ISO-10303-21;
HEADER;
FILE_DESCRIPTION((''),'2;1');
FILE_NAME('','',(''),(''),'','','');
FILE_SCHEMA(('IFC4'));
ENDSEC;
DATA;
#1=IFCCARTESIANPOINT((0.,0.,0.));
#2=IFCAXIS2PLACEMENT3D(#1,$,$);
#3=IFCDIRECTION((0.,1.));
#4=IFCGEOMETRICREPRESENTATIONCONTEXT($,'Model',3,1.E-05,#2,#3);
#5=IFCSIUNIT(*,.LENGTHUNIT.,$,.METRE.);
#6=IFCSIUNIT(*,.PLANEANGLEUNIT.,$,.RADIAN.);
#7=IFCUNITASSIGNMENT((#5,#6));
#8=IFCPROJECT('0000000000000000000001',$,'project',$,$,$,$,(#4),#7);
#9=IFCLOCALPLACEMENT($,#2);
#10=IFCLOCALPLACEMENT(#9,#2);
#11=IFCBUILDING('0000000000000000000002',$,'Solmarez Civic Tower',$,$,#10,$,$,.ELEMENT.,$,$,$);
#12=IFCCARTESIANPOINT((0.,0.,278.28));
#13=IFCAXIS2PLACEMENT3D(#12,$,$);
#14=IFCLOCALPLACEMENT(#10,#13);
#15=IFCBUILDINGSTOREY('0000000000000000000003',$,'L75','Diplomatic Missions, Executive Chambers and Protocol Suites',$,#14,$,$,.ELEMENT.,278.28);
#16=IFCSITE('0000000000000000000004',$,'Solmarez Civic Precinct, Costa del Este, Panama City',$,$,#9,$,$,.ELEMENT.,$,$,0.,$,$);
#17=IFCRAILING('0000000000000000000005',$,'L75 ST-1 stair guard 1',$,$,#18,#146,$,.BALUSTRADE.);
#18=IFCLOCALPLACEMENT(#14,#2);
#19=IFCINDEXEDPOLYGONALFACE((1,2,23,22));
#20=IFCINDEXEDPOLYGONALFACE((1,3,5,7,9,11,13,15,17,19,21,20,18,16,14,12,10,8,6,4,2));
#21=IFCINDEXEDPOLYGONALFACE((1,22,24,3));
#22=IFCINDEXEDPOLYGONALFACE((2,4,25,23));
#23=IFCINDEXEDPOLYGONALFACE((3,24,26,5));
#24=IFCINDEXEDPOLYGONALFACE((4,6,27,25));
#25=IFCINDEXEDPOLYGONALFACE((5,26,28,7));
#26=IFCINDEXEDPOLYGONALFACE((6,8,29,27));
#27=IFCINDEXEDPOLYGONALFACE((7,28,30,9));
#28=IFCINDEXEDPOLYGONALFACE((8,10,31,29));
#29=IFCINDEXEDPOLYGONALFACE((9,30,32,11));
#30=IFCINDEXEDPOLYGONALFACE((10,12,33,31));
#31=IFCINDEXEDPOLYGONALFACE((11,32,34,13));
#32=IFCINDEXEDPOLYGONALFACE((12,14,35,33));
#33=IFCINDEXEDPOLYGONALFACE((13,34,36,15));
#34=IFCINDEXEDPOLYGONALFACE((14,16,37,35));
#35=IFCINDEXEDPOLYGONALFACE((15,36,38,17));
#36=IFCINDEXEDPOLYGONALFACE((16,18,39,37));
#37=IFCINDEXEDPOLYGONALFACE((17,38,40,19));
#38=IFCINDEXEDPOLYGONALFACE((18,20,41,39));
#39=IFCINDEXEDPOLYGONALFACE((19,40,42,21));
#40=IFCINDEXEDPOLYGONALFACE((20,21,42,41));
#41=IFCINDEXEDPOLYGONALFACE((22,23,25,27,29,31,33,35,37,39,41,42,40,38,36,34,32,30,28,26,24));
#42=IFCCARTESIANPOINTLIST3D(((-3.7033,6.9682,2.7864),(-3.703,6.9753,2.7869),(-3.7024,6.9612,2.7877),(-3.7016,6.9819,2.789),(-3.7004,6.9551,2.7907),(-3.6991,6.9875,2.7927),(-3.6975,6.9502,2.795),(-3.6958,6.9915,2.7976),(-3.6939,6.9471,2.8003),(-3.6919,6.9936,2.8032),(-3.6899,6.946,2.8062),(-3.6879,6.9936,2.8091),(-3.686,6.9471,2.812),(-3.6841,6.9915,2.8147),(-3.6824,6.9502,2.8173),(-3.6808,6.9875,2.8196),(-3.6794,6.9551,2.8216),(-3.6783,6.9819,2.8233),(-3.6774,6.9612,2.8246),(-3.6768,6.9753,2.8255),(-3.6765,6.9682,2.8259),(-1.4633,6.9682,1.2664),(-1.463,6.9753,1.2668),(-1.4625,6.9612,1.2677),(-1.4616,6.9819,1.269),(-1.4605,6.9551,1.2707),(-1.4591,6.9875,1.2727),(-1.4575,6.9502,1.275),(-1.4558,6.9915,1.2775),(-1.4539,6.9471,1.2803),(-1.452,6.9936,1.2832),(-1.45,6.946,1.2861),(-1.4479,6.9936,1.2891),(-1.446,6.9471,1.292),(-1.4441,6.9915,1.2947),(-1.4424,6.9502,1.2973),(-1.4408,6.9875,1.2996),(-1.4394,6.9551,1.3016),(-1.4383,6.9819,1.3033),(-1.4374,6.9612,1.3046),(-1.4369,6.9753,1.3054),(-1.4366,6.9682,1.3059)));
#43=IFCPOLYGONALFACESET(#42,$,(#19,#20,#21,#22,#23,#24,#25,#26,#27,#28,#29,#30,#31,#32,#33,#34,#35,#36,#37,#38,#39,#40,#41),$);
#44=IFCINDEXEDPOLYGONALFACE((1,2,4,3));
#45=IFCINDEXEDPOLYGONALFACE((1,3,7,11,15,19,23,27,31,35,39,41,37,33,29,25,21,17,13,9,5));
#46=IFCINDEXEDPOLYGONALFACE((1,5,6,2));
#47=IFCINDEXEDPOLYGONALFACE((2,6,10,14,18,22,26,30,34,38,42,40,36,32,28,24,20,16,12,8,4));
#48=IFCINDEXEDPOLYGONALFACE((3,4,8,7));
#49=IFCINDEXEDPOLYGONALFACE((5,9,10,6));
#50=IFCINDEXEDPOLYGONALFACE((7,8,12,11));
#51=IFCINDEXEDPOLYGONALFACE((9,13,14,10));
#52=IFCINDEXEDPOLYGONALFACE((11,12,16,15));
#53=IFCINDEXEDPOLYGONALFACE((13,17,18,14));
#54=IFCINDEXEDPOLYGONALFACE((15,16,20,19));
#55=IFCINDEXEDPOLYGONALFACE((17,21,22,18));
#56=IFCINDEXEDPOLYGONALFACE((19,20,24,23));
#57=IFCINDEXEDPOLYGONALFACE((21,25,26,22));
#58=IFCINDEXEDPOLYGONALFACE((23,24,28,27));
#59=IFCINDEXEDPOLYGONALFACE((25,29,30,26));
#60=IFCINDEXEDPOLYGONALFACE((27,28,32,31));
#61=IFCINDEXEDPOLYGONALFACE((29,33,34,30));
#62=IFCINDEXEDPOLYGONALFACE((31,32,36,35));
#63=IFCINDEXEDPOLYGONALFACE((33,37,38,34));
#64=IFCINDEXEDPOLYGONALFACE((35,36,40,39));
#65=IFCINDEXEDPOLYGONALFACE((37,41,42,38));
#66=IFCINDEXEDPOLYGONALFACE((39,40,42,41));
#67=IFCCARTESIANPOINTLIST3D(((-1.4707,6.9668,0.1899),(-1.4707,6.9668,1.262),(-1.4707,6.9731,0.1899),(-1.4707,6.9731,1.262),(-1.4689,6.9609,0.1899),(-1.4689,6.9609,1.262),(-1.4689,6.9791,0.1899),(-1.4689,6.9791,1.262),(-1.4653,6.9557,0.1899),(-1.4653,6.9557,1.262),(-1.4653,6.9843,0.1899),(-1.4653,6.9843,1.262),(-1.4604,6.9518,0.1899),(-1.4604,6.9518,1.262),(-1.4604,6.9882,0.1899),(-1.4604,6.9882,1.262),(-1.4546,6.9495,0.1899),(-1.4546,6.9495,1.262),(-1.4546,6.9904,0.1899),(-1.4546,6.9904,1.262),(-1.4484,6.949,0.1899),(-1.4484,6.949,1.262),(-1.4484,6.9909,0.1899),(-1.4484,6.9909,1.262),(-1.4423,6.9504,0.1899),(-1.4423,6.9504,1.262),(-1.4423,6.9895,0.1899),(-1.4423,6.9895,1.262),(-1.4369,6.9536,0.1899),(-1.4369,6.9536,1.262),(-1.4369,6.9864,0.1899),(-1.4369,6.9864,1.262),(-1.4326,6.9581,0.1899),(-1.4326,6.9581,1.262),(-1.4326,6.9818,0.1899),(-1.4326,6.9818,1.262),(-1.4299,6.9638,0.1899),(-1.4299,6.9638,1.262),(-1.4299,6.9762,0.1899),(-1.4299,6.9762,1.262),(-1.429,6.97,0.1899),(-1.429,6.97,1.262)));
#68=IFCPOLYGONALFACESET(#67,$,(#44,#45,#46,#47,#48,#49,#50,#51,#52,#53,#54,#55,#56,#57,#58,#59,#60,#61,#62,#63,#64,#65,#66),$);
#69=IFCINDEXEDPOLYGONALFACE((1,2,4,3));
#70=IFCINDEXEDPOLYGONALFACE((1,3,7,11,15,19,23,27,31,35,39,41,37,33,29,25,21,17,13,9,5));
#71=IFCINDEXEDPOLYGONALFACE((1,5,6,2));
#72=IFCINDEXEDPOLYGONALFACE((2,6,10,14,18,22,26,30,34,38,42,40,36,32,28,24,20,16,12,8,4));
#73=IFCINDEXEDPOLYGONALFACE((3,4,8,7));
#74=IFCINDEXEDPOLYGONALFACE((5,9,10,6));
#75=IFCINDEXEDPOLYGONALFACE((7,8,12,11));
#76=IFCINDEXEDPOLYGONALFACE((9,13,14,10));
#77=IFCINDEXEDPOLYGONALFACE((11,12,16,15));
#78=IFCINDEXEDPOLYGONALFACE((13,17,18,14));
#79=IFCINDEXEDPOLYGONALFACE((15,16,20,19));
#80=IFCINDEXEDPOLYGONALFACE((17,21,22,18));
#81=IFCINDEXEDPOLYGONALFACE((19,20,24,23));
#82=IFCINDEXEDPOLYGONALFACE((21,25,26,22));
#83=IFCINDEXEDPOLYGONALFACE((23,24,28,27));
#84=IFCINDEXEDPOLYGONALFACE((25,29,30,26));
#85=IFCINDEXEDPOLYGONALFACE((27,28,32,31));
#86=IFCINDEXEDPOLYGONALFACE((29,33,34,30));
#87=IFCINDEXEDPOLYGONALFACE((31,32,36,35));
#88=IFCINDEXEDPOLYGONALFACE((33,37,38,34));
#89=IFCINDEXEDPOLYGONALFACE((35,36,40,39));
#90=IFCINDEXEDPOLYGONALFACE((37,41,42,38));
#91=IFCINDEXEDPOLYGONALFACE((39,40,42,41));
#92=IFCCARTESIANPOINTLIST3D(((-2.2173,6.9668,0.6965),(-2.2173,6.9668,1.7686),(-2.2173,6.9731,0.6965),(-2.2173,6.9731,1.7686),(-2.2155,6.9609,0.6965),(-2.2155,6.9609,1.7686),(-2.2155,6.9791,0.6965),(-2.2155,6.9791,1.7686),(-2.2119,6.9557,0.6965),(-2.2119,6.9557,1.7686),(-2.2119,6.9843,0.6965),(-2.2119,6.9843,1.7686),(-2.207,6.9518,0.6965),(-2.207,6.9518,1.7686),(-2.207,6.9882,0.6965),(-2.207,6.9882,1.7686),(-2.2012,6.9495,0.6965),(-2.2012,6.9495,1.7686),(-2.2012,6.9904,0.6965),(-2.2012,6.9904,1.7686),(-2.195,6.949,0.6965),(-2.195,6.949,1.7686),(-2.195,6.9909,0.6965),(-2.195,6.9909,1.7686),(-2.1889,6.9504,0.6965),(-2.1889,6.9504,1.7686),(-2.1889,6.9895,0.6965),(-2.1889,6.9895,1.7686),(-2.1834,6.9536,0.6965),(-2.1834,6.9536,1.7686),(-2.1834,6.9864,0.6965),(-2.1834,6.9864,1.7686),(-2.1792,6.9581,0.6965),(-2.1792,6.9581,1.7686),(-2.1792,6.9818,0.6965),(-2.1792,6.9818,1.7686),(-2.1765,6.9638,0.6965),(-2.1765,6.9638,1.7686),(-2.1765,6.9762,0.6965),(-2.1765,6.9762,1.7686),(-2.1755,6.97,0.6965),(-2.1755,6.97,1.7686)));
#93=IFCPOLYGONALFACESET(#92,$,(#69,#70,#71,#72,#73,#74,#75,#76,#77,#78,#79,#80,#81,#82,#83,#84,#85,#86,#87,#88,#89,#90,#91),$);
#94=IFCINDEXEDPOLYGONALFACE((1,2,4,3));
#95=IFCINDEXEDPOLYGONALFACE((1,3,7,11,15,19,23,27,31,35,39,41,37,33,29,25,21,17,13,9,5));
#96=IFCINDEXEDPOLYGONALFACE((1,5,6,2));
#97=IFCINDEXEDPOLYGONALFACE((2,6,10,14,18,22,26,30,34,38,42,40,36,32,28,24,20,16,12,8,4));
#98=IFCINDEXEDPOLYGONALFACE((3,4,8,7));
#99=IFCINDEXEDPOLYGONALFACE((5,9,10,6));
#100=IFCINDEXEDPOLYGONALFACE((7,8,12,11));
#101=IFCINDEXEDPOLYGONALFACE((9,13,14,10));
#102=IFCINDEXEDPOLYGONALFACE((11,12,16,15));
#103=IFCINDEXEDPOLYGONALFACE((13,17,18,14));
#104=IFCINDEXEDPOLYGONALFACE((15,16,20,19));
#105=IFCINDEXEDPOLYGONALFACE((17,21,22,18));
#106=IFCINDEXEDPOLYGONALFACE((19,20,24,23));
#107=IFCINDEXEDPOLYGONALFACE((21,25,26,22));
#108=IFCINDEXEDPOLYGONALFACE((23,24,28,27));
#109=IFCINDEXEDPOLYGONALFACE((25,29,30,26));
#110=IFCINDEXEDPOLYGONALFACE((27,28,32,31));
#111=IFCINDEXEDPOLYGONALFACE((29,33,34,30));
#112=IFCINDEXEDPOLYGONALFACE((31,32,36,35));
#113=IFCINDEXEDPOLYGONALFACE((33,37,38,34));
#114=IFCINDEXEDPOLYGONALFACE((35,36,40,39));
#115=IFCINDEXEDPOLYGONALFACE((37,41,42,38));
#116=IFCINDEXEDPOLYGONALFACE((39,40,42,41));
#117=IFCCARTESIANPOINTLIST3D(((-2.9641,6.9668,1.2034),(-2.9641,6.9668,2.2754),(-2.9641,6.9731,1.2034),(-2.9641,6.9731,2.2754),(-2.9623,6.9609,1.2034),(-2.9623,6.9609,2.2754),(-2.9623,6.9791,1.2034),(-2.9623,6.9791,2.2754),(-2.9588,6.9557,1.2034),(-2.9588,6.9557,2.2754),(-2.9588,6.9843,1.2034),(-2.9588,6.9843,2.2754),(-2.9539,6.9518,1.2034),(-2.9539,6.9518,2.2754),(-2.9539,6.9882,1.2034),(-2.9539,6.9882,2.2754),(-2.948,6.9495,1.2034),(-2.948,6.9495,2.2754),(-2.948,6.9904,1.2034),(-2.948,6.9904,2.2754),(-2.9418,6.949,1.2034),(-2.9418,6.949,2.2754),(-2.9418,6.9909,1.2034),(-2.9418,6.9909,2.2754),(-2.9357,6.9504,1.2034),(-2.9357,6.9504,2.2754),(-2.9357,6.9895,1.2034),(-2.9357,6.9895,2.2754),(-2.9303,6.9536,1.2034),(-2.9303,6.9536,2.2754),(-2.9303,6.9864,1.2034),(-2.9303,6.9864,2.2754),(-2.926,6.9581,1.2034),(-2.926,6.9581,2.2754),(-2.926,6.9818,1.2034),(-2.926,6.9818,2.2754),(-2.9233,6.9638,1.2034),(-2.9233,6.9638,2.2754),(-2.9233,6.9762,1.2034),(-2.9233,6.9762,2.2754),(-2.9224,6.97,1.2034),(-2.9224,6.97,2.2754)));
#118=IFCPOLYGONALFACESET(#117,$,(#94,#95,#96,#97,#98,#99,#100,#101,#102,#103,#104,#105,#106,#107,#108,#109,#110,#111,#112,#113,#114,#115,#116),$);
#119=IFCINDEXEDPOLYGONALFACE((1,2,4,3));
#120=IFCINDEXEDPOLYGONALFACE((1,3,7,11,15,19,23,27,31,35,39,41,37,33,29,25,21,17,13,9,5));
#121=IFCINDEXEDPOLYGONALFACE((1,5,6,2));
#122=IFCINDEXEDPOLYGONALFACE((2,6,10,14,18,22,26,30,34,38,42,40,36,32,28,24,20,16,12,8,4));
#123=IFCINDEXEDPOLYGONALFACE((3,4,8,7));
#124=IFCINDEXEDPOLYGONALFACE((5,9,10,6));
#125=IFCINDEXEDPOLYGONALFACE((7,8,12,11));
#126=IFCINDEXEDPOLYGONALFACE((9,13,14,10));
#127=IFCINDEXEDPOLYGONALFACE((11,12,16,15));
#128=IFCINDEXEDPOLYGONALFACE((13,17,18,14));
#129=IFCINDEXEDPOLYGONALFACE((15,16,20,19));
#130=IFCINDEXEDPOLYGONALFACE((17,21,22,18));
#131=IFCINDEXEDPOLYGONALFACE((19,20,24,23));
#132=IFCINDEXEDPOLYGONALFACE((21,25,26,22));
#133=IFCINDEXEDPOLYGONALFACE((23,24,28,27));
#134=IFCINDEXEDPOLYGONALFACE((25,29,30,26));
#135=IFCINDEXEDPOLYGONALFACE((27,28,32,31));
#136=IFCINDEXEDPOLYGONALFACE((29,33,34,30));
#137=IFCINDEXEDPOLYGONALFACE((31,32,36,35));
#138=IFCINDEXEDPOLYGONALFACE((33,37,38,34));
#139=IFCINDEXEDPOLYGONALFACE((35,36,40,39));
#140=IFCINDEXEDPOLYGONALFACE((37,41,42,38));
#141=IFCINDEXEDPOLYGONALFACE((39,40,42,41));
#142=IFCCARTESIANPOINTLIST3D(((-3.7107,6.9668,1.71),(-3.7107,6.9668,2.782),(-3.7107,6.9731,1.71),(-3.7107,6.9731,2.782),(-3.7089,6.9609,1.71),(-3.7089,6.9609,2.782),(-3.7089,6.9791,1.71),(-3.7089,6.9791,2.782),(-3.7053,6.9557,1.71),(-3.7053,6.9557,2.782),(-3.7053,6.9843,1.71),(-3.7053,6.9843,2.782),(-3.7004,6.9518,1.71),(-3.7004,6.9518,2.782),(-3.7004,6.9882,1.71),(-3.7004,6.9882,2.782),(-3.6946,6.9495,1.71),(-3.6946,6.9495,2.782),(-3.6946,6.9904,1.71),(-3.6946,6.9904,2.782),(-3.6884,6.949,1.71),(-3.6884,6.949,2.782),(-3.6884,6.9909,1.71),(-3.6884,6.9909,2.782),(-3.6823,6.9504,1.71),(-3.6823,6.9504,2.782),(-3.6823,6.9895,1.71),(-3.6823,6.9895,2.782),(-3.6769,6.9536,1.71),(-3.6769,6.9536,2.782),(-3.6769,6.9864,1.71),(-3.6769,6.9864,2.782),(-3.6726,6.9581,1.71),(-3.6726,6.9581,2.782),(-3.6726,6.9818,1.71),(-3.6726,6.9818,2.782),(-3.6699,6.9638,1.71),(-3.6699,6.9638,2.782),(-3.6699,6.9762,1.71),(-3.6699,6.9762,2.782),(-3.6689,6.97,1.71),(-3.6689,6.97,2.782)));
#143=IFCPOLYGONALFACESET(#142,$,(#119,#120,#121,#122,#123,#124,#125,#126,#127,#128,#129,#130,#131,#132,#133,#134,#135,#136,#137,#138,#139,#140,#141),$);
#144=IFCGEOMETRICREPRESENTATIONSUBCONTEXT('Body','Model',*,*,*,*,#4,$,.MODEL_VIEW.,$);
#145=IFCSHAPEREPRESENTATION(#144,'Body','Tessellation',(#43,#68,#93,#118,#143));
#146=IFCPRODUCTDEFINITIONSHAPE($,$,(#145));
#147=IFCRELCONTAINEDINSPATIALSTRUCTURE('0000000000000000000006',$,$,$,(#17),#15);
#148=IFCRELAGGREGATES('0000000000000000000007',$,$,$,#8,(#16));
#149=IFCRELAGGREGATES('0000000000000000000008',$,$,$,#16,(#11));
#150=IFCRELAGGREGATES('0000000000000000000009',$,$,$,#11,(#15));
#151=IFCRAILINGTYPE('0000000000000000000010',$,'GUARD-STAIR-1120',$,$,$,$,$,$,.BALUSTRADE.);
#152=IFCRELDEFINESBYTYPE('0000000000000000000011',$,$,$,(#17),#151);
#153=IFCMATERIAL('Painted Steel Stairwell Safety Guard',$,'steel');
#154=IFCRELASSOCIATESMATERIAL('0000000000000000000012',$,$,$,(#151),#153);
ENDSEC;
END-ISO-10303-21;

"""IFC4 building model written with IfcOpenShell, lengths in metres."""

from ifc_helpers import new_model, si_unit, direction, frame, origin, origin_2d, place, context, subcontext, project, spatial, circle, extrude, material, type_object, element, save


model = new_model("IFC4")

# Units and contexts
model_context = context("Model", 3, precision=1e-05, world=origin(), true_north=direction((0.0, 1.0)))
body_context = subcontext(model_context, "Body", "Model", "MODEL_VIEW")
ifc_project = project(units=[si_unit("LENGTHUNIT", "METRE"), si_unit("PLANEANGLEUNIT", "RADIAN")], contexts=[model_context])

# Site, building, storey
site_placement = place(None, origin())
site = spatial("IfcSite", under=ifc_project, at=site_placement, Name="Solmarez Civic Precinct, Costa del Este, Panama City", CompositionType="ELEMENT", RefElevation=0.0)
building_placement = place(site_placement, origin())
building = spatial("IfcBuilding", under=site, at=building_placement, Name="Solmarez Civic Tower", CompositionType="ELEMENT")
storey_placement = place(building_placement, frame((0.0, 0.0, 278.28)))
storey = spatial("IfcBuildingStorey", under=building, at=storey_placement, Name="L75", Description="Diplomatic Missions, Executive Chambers and Protocol Suites", CompositionType="ELEMENT", Elevation=278.28)

# Railing
ifc_material_1 = material(Name="Painted Steel Stairwell Safety Guard", Category="steel")
railing_type_1 = type_object("IfcRailingType", Name="GUARD-STAIR-1120", PredefinedType="BALUSTRADE", material=ifc_material_1)
railing_1_placement = place(storey_placement, frame((-1.45, 6.97, 0.1899)))
element("IfcRailing", 1, at=railing_1_placement, inside=storey, type_object=railing_type_1, Name="L75 ST-1 stair guard 1", PredefinedType="BALUSTRADE", context=body_context, shape_type="SweptSolid", body=[
    extrude(circle(Radius=0.0239, at=origin_2d()), frame((0.0, 0.0, 1.0962), z_axis=(-0.827471, 0.0, 0.561508), x_axis=(0.0, -1.0, 0.0)), (0.0, 0.0, 1.0), 2.707),
    extrude(circle(Radius=0.021, at=origin_2d()), origin(), (0.0, 0.0, 1.0), 1.072),
    extrude(circle(Radius=0.021, at=origin_2d()), frame((-0.7466, 0.0, 0.5066)), (0.0, 0.0, 1.0), 1.072),
    extrude(circle(Radius=0.021, at=origin_2d()), frame((-1.4934, 0.0, 1.0134)), (0.0, 0.0, 1.0), 1.072),
    extrude(circle(Radius=0.021, at=origin_2d()), frame((-2.24, 0.0, 1.52)), (0.0, 0.0, 1.0), 1.072),
])

save(model, "model.ifc")
